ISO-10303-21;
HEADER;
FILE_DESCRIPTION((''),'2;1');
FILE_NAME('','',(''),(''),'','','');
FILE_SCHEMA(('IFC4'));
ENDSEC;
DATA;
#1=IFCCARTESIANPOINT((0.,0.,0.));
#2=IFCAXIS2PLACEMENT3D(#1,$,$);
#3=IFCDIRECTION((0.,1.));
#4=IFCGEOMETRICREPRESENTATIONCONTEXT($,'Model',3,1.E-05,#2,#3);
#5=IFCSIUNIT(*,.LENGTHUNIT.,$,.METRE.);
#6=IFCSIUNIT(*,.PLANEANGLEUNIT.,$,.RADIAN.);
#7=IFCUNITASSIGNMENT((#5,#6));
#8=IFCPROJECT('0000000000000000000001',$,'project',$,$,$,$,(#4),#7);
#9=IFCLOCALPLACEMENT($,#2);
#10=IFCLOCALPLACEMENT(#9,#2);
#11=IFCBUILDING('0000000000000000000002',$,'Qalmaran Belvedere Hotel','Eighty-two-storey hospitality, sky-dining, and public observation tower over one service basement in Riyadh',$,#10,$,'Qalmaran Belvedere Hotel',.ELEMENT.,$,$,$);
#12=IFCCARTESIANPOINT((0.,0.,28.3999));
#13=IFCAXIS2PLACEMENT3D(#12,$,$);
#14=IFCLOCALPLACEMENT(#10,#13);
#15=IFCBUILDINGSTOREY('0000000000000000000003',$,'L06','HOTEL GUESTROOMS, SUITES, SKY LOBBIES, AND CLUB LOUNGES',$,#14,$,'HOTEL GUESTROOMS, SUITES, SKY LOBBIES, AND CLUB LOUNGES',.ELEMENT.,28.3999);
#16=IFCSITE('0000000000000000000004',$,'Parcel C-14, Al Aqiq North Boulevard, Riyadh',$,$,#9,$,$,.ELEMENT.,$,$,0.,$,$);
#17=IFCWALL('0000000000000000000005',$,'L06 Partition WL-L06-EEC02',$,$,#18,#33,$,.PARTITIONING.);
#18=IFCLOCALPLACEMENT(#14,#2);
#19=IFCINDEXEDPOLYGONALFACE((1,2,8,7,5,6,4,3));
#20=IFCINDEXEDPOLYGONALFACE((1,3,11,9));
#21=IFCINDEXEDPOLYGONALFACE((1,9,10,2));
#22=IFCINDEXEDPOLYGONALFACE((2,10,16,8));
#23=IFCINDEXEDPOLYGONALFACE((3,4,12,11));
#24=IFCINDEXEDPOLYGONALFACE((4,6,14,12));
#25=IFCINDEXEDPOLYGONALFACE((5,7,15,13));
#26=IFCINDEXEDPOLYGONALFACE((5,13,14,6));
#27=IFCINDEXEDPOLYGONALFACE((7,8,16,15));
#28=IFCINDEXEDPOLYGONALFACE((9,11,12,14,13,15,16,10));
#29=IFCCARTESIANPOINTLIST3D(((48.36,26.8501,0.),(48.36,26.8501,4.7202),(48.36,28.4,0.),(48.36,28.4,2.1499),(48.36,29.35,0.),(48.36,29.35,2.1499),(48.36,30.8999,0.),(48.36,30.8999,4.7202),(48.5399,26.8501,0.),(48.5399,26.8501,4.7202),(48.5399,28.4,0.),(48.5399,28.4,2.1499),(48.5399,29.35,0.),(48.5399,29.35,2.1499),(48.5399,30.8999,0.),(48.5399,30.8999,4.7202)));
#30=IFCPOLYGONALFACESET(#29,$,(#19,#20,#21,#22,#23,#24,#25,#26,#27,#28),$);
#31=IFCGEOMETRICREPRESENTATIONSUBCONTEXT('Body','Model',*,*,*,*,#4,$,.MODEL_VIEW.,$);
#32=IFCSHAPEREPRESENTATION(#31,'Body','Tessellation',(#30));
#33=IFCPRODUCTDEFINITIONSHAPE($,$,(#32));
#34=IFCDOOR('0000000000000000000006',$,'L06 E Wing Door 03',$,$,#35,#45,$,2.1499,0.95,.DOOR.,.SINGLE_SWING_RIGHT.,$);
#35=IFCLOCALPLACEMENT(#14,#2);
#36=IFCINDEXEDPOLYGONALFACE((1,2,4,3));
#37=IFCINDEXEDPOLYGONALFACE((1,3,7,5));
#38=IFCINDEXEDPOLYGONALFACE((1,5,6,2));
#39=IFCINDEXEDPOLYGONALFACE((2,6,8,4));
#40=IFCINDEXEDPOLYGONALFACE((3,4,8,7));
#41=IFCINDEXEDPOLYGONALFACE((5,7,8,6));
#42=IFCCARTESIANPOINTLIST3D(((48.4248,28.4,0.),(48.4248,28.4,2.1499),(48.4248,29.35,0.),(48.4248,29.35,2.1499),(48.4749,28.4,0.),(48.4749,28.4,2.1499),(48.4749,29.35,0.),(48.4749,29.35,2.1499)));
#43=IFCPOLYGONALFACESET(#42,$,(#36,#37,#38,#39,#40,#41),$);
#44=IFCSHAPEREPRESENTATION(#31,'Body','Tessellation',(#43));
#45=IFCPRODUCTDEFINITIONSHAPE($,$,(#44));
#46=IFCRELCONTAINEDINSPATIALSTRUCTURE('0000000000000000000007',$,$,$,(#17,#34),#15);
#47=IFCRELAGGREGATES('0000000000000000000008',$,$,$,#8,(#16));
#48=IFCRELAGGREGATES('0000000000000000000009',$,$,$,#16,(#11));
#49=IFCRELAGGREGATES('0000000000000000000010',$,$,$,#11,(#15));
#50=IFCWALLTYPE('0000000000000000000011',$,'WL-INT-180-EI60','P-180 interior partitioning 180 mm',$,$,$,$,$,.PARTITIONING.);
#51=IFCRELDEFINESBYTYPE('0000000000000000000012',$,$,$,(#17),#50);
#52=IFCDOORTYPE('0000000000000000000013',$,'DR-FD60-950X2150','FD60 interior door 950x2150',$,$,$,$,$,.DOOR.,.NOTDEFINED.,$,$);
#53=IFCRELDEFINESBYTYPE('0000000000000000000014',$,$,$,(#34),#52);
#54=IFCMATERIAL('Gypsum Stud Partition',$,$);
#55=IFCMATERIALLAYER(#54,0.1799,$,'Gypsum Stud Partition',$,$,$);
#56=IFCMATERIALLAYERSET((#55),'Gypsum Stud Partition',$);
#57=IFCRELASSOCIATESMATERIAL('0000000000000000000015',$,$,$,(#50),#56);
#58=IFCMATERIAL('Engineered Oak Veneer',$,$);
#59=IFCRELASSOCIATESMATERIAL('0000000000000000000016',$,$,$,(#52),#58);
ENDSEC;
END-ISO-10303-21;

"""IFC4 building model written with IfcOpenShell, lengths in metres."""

from ifc_helpers import new_model, si_unit, direction, frame, frame_2d, origin, place, context, subcontext, project, spatial, rectangle, extrude, material, layer, layer_set, type_object, element, fill, save


model = new_model("IFC4")

# Units and contexts
model_context = context("Model", 3, precision=1e-05, world=origin(), true_north=direction((0.0, 1.0)))
body_context = subcontext(model_context, "Body", "Model", "MODEL_VIEW")
ifc_project = project(units=[si_unit("LENGTHUNIT", "METRE"), si_unit("PLANEANGLEUNIT", "RADIAN")], contexts=[model_context])

# Site, building, storey
site_placement = place(None, origin())
site = spatial("IfcSite", under=ifc_project, at=site_placement, Name="Parcel C-14, Al Aqiq North Boulevard, Riyadh", CompositionType="ELEMENT", RefElevation=0.0)
building_placement = place(site_placement, origin())
building = spatial("IfcBuilding", under=site, at=building_placement, Name="Qalmaran Belvedere Hotel", Description="Eighty-two-storey hospitality, sky-dining, and public observation tower over one service basement in Riyadh", LongName="Qalmaran Belvedere Hotel", CompositionType="ELEMENT")
storey_placement = place(building_placement, frame((0.0, 0.0, 28.3999)))
storey = spatial("IfcBuildingStorey", under=building, at=storey_placement, Name="L06", Description="HOTEL GUESTROOMS, SUITES, SKY LOBBIES, AND CLUB LOUNGES", LongName="HOTEL GUESTROOMS, SUITES, SKY LOBBIES, AND CLUB LOUNGES", CompositionType="ELEMENT", Elevation=28.3999)

# Shared definitions
ifc_material_1 = material(Name="Engineered Oak Veneer")

# Shared definitions
ifc_material_2 = material(Name="Gypsum Stud Partition")

# Shared definitions
ifc_layer_1 = layer(ifc_material_2, 0.1799, Name="Gypsum Stud Partition")
ifc_layer_set_1 = layer_set([ifc_layer_1], Name="Gypsum Stud Partition")
wall_type_1 = type_object("IfcWallType", Name="WL-INT-180-EI60", Description="P-180 interior partitioning 180 mm", PredefinedType="PARTITIONING", material=ifc_layer_set_1)
door_type_1 = type_object("IfcDoorType", Name="DR-FD60-950X2150", Description="FD60 interior door 950x2150", OperationType="NOTDEFINED", PredefinedType="DOOR", material=ifc_material_1)

# Wall, opening, door
wall_1_placement = place(storey_placement, frame((48.45, 26.8501, 0.0), z_axis=(0.0, 0.0, 1.0), x_axis=(0.0, 1.0, 0.0)))
wall_1 = element("IfcWall", 1, at=wall_1_placement, inside=storey, type_object=wall_type_1, Name="L06 Partition WL-L06-EEC02", PredefinedType="PARTITIONING", context=body_context, shape_type="SweptSolid", body=[
    extrude(rectangle(XDim=4.0498, YDim=0.1799, at=frame_2d((2.0249, 0.0))), origin(), (0.0, 0.0, 1.0), 4.7202),
])
opening_1_placement = place(wall_1_placement, frame((2.5, 0.0, 0.0), z_axis=(0.0, 0.0, 1.0), x_axis=(-1.0, 0.0, 0.0)))
opening_1 = element("IfcOpeningElement", 2, at=opening_1_placement, cuts=wall_1, PredefinedType="OPENING", context=body_context, shape_type="SweptSolid", body=[
    extrude(rectangle(XDim=0.95, YDim=2.1499, at=frame_2d((0.4751, 1.075))), frame((0.0, 0.1001, 0.0), z_axis=(0.0, -1.0, 0.0), x_axis=(1.0, 0.0, 0.0)), (0.0, 0.0, 1.0), 0.2),
])
door_1_placement = place(opening_1_placement, origin())
door_1 = element("IfcDoor", 3, at=door_1_placement, inside=storey, type_object=door_type_1, Name="L06 E Wing Door 03", OperationType="SINGLE_SWING_RIGHT", OverallHeight=2.1499, OverallWidth=0.95, PredefinedType="DOOR", context=body_context, shape_type="SweptSolid", body=[
    extrude(rectangle(XDim=0.95, YDim=2.1499, at=frame_2d((0.4751, 1.075))), frame((0.0, 0.0249, 0.0), z_axis=(0.0, -1.0, 0.0), x_axis=(1.0, 0.0, 0.0)), (0.0, 0.0, 1.0), 0.05),
])
fill(opening_1, door_1)

save(model, "model.ifc")
